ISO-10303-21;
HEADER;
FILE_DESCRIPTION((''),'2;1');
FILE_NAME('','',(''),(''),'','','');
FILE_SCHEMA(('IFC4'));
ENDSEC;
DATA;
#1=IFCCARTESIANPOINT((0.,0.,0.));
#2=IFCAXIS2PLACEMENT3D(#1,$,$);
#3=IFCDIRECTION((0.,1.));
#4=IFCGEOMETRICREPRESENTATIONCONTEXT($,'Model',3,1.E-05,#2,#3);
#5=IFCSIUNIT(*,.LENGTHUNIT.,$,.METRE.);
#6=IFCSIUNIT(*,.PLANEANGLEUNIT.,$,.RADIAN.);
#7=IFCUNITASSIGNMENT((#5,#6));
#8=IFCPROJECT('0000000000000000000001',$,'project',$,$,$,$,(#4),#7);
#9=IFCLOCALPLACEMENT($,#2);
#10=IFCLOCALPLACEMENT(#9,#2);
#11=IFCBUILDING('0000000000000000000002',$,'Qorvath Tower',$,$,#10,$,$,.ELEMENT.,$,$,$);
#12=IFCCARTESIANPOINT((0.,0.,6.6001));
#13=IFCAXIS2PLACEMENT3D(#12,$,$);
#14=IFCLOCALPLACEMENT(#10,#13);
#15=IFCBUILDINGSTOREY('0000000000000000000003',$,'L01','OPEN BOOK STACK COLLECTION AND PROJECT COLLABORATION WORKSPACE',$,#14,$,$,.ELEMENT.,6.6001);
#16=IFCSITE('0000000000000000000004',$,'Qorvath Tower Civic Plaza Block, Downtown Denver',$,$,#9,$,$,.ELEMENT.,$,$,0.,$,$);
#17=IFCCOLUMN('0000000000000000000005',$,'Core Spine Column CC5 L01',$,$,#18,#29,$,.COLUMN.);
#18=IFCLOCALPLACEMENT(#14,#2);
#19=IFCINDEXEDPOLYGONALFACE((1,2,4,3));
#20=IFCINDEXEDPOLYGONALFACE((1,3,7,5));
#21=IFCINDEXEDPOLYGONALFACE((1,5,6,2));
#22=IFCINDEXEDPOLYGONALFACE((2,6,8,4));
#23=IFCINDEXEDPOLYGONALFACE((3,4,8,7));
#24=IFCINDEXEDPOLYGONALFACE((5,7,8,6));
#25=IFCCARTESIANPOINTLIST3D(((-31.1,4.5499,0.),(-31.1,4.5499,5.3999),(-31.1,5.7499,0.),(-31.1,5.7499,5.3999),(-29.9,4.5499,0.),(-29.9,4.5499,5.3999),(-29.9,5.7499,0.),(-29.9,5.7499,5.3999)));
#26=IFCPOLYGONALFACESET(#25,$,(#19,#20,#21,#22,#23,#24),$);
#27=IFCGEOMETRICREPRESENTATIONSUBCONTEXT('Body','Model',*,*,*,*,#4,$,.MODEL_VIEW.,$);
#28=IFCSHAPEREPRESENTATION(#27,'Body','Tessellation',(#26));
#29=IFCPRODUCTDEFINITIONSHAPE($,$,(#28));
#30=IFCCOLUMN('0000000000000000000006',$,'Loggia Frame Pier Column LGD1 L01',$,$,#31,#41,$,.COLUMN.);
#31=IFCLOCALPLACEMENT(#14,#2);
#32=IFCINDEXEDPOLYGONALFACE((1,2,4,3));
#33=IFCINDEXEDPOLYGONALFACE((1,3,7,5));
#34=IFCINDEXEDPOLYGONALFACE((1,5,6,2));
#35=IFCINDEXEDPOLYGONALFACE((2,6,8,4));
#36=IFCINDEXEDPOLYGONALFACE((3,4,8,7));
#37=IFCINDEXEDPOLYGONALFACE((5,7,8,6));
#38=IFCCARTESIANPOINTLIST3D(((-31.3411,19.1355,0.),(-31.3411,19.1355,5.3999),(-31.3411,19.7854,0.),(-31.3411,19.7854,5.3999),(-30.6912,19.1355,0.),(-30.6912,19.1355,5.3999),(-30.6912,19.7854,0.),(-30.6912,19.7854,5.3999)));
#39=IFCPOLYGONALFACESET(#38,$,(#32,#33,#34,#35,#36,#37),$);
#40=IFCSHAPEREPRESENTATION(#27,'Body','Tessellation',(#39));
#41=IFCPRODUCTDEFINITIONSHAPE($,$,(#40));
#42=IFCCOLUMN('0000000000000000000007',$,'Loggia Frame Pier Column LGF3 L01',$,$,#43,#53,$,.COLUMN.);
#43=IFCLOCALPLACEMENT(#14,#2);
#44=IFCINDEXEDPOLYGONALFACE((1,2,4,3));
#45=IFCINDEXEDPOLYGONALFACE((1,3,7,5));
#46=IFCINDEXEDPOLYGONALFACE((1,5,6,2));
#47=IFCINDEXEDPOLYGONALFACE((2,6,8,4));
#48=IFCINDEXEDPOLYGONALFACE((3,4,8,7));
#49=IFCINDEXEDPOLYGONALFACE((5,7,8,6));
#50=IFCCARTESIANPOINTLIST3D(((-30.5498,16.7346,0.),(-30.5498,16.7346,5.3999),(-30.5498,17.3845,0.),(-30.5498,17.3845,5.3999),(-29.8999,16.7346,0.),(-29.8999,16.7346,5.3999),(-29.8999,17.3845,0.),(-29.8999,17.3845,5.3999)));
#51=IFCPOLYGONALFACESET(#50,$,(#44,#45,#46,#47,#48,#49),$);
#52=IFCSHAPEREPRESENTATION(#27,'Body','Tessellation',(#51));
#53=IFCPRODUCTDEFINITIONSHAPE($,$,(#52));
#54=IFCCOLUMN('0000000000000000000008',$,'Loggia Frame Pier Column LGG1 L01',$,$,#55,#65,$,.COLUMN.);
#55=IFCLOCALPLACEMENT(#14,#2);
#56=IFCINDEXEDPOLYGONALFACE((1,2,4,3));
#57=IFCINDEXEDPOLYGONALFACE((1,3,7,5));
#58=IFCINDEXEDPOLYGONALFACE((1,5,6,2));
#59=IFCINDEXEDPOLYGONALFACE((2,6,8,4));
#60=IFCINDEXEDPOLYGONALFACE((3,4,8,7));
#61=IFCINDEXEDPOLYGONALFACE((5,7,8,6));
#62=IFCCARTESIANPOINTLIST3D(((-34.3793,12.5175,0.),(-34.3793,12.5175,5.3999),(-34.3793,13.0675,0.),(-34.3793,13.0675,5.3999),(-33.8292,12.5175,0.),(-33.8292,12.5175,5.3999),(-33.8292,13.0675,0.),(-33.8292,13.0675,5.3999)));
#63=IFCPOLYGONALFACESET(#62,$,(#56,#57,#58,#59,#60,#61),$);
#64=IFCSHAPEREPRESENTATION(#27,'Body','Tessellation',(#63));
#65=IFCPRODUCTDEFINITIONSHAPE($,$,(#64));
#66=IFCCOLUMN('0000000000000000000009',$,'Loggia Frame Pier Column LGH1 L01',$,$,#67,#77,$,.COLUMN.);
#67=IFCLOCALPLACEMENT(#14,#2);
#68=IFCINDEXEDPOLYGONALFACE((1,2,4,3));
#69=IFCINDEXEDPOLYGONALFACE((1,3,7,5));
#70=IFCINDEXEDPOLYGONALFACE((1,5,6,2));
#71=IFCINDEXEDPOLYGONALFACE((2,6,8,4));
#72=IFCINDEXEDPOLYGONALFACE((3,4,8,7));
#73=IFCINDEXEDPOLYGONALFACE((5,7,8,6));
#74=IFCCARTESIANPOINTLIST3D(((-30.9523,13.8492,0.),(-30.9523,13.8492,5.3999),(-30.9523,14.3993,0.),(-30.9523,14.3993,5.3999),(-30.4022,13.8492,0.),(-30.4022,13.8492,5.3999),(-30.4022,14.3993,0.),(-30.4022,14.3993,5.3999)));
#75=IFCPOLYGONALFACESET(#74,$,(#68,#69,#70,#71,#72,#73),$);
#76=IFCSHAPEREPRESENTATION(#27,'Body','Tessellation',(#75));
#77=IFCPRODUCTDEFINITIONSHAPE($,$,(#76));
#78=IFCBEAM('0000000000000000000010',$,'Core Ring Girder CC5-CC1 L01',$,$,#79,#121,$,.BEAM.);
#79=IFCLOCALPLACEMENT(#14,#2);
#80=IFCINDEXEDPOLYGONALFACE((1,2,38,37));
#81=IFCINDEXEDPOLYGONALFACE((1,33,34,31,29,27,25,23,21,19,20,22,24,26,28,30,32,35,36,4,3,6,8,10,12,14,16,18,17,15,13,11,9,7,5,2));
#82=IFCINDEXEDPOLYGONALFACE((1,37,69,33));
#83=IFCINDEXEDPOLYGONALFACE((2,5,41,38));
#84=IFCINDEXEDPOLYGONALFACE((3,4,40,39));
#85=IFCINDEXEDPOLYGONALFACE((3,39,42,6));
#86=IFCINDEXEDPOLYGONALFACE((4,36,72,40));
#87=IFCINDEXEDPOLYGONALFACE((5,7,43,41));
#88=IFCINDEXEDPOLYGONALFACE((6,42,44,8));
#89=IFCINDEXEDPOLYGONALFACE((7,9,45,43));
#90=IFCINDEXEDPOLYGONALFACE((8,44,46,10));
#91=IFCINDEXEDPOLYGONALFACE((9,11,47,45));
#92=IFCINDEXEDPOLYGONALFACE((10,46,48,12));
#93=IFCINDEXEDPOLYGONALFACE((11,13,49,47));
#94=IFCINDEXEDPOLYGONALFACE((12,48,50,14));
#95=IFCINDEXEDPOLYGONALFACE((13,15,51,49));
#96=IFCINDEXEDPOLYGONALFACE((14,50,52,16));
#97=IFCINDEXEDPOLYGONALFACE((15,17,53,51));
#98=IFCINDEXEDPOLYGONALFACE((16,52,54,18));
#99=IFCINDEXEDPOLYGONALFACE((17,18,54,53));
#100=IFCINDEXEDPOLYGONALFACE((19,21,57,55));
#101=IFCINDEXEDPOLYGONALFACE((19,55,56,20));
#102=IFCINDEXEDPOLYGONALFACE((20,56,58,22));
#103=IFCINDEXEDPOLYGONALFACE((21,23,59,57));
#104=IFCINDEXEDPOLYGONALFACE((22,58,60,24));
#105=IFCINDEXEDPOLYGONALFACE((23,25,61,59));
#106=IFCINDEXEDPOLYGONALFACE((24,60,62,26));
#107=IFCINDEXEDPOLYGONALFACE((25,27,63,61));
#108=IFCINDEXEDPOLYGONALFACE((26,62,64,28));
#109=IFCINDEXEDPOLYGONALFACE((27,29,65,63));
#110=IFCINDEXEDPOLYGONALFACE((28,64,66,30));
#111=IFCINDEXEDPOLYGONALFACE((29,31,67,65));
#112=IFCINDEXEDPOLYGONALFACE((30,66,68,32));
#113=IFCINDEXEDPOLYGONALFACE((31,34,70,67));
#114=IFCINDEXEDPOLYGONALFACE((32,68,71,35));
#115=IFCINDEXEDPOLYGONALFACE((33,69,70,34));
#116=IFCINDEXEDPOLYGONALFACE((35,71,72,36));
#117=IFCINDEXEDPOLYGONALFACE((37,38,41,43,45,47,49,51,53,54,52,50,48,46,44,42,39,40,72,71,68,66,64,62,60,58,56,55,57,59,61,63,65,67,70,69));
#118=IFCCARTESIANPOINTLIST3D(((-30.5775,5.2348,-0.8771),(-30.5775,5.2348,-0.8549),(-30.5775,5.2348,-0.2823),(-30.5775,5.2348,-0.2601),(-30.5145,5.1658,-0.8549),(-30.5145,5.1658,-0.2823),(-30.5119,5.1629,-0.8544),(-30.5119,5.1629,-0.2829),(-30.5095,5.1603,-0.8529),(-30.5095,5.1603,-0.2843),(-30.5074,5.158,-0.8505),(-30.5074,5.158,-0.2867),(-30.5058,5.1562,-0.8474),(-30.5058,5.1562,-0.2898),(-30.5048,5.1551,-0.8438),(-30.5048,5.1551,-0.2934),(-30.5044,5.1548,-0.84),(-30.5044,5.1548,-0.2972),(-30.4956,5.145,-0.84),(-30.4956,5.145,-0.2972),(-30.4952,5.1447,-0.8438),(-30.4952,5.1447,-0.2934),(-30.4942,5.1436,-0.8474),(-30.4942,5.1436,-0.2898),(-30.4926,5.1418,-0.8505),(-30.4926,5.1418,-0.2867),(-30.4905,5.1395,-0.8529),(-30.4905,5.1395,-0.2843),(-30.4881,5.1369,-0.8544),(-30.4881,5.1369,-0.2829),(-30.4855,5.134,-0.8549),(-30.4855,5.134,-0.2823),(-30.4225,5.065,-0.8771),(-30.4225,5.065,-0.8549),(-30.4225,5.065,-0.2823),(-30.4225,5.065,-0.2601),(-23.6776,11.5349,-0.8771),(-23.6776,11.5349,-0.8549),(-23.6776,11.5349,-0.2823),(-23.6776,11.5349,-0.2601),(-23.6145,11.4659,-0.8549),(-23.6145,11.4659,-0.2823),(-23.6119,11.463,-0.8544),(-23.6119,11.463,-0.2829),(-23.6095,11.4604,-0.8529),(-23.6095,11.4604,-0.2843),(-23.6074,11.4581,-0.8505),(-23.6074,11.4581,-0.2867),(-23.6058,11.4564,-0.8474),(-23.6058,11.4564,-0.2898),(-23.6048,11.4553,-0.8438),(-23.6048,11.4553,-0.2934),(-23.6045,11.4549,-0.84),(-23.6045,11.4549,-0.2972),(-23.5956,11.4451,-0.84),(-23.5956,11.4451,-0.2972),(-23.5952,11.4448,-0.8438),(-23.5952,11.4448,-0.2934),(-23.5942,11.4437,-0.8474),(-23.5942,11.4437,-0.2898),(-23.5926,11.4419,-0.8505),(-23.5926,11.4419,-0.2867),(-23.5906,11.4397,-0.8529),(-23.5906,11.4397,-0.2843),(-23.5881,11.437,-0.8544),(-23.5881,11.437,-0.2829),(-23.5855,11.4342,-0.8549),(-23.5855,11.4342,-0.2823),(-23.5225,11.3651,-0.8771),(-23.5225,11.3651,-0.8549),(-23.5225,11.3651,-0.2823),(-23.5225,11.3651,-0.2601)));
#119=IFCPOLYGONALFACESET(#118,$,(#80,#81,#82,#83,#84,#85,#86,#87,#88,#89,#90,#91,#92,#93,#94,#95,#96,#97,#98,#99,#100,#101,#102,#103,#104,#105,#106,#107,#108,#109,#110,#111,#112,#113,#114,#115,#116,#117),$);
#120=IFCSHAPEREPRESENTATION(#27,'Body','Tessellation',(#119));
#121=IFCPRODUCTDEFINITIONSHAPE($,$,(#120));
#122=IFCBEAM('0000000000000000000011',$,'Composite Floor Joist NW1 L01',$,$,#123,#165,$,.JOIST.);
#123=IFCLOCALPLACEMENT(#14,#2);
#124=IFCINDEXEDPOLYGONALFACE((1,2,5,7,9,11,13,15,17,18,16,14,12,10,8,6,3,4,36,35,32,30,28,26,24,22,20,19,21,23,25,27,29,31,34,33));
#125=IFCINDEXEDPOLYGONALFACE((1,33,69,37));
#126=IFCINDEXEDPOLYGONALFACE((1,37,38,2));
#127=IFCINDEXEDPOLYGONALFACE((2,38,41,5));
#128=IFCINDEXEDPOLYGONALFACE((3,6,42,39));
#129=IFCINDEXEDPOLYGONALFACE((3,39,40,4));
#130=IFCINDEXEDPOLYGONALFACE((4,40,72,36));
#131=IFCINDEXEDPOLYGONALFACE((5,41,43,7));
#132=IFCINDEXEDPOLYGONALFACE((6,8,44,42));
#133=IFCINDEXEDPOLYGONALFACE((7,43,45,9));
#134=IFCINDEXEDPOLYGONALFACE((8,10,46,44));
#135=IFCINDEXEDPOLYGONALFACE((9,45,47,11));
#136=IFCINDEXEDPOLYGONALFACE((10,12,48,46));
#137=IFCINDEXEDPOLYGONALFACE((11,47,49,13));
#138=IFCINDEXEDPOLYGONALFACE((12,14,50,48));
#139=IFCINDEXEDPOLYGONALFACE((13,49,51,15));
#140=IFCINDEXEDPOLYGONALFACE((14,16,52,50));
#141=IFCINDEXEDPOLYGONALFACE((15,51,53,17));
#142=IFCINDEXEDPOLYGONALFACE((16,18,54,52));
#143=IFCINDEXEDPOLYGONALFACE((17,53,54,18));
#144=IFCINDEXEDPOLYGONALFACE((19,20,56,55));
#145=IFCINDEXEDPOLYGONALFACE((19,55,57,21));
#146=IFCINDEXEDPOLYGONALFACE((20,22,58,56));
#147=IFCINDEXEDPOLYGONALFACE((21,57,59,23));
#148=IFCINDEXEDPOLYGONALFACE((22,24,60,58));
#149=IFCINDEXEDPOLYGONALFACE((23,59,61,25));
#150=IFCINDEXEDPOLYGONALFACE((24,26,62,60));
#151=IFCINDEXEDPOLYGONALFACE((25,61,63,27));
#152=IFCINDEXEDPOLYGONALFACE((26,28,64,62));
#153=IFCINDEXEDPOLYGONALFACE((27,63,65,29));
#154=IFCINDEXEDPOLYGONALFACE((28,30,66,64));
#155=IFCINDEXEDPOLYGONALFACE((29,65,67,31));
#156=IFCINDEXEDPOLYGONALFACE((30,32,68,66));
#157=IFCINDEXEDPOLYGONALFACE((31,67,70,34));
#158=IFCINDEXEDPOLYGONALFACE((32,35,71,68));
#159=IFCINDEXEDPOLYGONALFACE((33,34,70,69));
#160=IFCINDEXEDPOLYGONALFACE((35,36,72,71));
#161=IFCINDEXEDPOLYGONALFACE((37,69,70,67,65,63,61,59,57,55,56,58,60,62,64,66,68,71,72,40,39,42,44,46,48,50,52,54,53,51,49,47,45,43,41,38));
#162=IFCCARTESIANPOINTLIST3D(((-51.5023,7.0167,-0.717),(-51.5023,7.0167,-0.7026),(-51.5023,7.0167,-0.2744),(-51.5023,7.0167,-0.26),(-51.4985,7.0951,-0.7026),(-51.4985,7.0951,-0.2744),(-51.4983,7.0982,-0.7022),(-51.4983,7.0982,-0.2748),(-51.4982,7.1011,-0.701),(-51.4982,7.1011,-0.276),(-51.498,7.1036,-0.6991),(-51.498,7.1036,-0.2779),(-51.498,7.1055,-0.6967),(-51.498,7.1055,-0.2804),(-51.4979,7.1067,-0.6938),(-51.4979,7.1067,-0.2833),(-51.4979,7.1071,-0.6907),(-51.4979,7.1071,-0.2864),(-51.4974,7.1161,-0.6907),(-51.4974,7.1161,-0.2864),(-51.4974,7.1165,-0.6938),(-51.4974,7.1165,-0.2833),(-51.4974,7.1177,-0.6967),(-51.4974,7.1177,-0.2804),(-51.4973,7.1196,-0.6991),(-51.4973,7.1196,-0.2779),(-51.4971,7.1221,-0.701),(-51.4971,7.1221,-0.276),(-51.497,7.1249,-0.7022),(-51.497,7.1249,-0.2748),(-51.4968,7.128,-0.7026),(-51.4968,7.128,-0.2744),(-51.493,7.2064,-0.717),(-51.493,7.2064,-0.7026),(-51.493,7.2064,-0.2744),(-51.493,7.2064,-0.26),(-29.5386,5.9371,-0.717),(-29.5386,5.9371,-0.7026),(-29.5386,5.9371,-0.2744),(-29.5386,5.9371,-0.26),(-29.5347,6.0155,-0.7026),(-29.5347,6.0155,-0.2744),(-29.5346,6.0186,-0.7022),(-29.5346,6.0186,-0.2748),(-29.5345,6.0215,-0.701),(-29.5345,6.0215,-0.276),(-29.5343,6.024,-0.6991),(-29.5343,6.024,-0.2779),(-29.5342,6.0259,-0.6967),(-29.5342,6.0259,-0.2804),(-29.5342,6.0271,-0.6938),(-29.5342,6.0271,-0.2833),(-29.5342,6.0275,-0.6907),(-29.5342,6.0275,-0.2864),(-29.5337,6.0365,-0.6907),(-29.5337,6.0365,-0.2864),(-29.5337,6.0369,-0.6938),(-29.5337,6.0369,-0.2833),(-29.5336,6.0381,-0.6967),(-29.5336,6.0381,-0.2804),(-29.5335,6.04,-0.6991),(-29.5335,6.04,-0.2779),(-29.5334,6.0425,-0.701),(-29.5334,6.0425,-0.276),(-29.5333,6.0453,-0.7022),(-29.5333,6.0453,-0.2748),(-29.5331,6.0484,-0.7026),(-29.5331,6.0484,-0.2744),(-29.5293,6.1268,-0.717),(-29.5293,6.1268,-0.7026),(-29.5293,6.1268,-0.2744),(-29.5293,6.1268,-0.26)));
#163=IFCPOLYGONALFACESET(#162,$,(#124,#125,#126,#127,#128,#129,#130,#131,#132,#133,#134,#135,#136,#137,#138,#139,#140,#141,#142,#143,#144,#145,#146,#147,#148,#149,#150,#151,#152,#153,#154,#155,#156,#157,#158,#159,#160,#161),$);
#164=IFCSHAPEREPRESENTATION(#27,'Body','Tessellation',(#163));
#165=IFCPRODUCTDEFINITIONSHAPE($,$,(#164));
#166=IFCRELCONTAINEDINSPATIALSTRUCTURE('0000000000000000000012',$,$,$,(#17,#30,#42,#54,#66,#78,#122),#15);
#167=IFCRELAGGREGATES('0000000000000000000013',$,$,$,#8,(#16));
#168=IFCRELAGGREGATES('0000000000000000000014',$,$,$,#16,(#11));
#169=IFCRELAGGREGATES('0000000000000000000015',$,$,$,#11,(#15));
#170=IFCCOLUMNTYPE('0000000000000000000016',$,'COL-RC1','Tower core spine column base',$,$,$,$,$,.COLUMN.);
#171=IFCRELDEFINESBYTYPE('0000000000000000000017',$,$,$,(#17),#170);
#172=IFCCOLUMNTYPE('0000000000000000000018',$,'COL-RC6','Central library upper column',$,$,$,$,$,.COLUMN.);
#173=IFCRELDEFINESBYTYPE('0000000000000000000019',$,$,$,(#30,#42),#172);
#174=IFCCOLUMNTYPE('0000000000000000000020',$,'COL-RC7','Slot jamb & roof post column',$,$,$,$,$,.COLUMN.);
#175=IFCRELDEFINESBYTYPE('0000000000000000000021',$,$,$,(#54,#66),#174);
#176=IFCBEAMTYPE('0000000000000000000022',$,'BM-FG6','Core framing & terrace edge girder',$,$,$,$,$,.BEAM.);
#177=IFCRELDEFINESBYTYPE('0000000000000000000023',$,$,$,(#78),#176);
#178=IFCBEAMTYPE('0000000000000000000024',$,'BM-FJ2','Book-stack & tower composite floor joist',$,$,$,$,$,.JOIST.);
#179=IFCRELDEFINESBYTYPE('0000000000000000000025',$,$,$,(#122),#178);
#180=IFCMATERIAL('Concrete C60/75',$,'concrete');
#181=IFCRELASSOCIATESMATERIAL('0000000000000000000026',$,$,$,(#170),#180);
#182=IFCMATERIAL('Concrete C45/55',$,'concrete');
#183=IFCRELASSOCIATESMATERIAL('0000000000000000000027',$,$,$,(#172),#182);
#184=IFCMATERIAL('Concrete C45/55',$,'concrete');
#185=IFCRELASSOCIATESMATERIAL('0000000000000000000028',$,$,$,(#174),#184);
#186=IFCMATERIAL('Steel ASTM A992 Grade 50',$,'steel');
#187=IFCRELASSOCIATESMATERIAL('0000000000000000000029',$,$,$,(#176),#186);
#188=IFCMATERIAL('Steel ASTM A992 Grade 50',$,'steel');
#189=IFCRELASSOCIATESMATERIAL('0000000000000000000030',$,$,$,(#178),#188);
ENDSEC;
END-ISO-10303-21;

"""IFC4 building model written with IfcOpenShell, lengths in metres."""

from ifc_helpers import new_model, si_unit, direction, frame, origin, origin_2d, place, context, subcontext, project, spatial, rectangle, i_section, extrude, material, material_profile, profile_set, type_object, element, save


model = new_model("IFC4")

# Units and contexts
model_context = context("Model", 3, precision=1e-05, world=origin(), true_north=direction((0.0, 1.0)))
body_context = subcontext(model_context, "Body", "Model", "MODEL_VIEW")
ifc_project = project(units=[si_unit("LENGTHUNIT", "METRE"), si_unit("PLANEANGLEUNIT", "RADIAN")], contexts=[model_context])

# Site, building, storey
site_placement = place(None, origin())
site = spatial("IfcSite", under=ifc_project, at=site_placement, Name="Qorvath Tower Civic Plaza Block, Downtown Denver", CompositionType="ELEMENT", RefElevation=0.0)
building_placement = place(site_placement, origin())
building = spatial("IfcBuilding", under=site, at=building_placement, Name="Qorvath Tower", CompositionType="ELEMENT")
storey_placement = place(building_placement, frame((0.0, 0.0, 6.6001)))
storey = spatial("IfcBuildingStorey", under=building, at=storey_placement, Name="L01", Description="OPEN BOOK STACK COLLECTION AND PROJECT COLLABORATION WORKSPACE", CompositionType="ELEMENT", Elevation=6.6001)

# Columns
ifc_material_1 = material(Name="Concrete C60/75", Category="concrete")
ifc_material_profile_1 = material_profile(ifc_material_1, rectangle(XDim=1.2, YDim=1.2, at=origin_2d()), Name="RC 1200x1200")
ifc_profile_set_1 = profile_set([ifc_material_profile_1], Name="Concrete C60/75")
column_type_1 = type_object("IfcColumnType", Name="COL-RC1", Description="Tower core spine column base", PredefinedType="COLUMN", material=ifc_profile_set_1)
column_placement = place(storey_placement, frame((-30.5, 5.1499, 0.0), z_axis=(0.0, 0.0, 1.0), x_axis=(1.0, 0.0, 0.0)))
element("IfcColumn", 1, at=column_placement, inside=storey, type_object=column_type_1, Name="Core Spine Column CC5 L01", PredefinedType="COLUMN", context=body_context, shape_type="SweptSolid", body=[
    extrude(rectangle(XDim=1.2, YDim=1.2, at=origin_2d()), origin(), (0.0, 0.0, 1.0), 5.3999),
])
ifc_material_2 = material(Name="Concrete C45/55", Category="concrete")
ifc_material_profile_2 = material_profile(ifc_material_2, rectangle(XDim=0.6499, YDim=0.6499, at=origin_2d()), Name="RC 650x650")
ifc_profile_set_2 = profile_set([ifc_material_profile_2], Name="Concrete C45/55")
column_type_2 = type_object("IfcColumnType", Name="COL-RC6", Description="Central library upper column", PredefinedType="COLUMN", material=ifc_profile_set_2)
for number, where, z_axis, x_axis, name in (
    (2, (-31.0161, 19.4604, 0.0), (0.0, 0.0, 1.0), (1.0, 0.0, 0.0), "Loggia Frame Pier Column LGD1 L01"),
    (3, (-30.2249, 17.0596, 0.0), (0.0, 0.0, 1.0), (1.0, 0.0, 0.0), "Loggia Frame Pier Column LGF3 L01"),
):
    element("IfcColumn", number, at=place(storey_placement, frame(where, z_axis=z_axis, x_axis=x_axis)), inside=storey, type_object=column_type_2, Name=name, PredefinedType="COLUMN", context=body_context, shape_type="SweptSolid", body=[
        extrude(rectangle(XDim=0.6499, YDim=0.6499, at=origin_2d()), origin(), (0.0, 0.0, 1.0), 5.3999),
    ])
ifc_material_3 = material(Name="Concrete C45/55", Category="concrete")
ifc_material_profile_3 = material_profile(ifc_material_3, rectangle(XDim=0.55, YDim=0.55, at=origin_2d()), Name="RC 550x550")
ifc_profile_set_3 = profile_set([ifc_material_profile_3], Name="Concrete C45/55")
column_type_3 = type_object("IfcColumnType", Name="COL-RC7", Description="Slot jamb & roof post column", PredefinedType="COLUMN", material=ifc_profile_set_3)
for number, where, z_axis, x_axis, name in (
    (4, (-34.1042, 12.7925, 0.0), (0.0, 0.0, 1.0), (1.0, 0.0, 0.0), "Loggia Frame Pier Column LGG1 L01"),
    (5, (-30.6772, 14.1243, 0.0), (0.0, 0.0, 1.0), (1.0, 0.0, 0.0), "Loggia Frame Pier Column LGH1 L01"),
):
    element("IfcColumn", number, at=place(storey_placement, frame(where, z_axis=z_axis, x_axis=x_axis)), inside=storey, type_object=column_type_3, Name=name, PredefinedType="COLUMN", context=body_context, shape_type="SweptSolid", body=[
        extrude(rectangle(XDim=0.55, YDim=0.55, at=origin_2d()), origin(), (0.0, 0.0, 1.0), 5.3999),
    ])

# Beams
ifc_material_4 = material(Name="Steel ASTM A992 Grade 50", Category="steel")
ifc_material_profile_4 = material_profile(ifc_material_4, i_section(OverallWidth=0.23, OverallDepth=0.6169, WebThickness=0.0132, FlangeThickness=0.0222, FilletRadius=0.0149, at=origin_2d()), Name="W24x94")
ifc_profile_set_4 = profile_set([ifc_material_profile_4], Name="Steel ASTM A992 Grade 50")
beam_type_1 = type_object("IfcBeamType", Name="BM-FG6", Description="Core framing & terrace edge girder", PredefinedType="BEAM", material=ifc_profile_set_4)
beam_1_placement = place(storey_placement, frame((-30.5, 5.1499, -0.5686), z_axis=(0.738478, 0.674277, 0.0), x_axis=(-0.674277, 0.738478, 0.0)))
element("IfcBeam", 6, at=beam_1_placement, inside=storey, type_object=beam_type_1, Name="Core Ring Girder CC5-CC1 L01", PredefinedType="BEAM", context=body_context, shape_type="SweptSolid", body=[
    extrude(i_section(OverallWidth=0.23, OverallDepth=0.6169, WebThickness=0.0132, FlangeThickness=0.0222, FilletRadius=0.0149, at=origin_2d()), origin(), (0.0, 0.0, 1.0), 9.3435),
])
ifc_material_5 = material(Name="Steel ASTM A992 Grade 50", Category="steel")
ifc_material_profile_5 = material_profile(ifc_material_5, i_section(OverallWidth=0.1899, OverallDepth=0.457, WebThickness=0.009, FlangeThickness=0.0144, FilletRadius=0.012, at=origin_2d()), Name="W18x50")
ifc_profile_set_5 = profile_set([ifc_material_profile_5], Name="Steel ASTM A992 Grade 50")
beam_type_2 = type_object("IfcBeamType", Name="BM-FJ2", Description="Book-stack & tower composite floor joist", PredefinedType="JOIST", material=ifc_profile_set_5)
beam_2_placement = place(storey_placement, frame((-29.5339, 6.032, -0.4885), z_axis=(-0.998794, 0.049094, 0.0), x_axis=(-0.049094, -0.998794, 0.0)))
element("IfcBeam", 7, at=beam_2_placement, inside=storey, type_object=beam_type_2, Name="Composite Floor Joist NW1 L01", PredefinedType="JOIST", context=body_context, shape_type="SweptSolid", body=[
    extrude(i_section(OverallWidth=0.1899, OverallDepth=0.457, WebThickness=0.009, FlangeThickness=0.0144, FilletRadius=0.012, at=origin_2d()), origin(), (0.0, 0.0, 1.0), 21.9902),
])

save(model, "model.ifc")
